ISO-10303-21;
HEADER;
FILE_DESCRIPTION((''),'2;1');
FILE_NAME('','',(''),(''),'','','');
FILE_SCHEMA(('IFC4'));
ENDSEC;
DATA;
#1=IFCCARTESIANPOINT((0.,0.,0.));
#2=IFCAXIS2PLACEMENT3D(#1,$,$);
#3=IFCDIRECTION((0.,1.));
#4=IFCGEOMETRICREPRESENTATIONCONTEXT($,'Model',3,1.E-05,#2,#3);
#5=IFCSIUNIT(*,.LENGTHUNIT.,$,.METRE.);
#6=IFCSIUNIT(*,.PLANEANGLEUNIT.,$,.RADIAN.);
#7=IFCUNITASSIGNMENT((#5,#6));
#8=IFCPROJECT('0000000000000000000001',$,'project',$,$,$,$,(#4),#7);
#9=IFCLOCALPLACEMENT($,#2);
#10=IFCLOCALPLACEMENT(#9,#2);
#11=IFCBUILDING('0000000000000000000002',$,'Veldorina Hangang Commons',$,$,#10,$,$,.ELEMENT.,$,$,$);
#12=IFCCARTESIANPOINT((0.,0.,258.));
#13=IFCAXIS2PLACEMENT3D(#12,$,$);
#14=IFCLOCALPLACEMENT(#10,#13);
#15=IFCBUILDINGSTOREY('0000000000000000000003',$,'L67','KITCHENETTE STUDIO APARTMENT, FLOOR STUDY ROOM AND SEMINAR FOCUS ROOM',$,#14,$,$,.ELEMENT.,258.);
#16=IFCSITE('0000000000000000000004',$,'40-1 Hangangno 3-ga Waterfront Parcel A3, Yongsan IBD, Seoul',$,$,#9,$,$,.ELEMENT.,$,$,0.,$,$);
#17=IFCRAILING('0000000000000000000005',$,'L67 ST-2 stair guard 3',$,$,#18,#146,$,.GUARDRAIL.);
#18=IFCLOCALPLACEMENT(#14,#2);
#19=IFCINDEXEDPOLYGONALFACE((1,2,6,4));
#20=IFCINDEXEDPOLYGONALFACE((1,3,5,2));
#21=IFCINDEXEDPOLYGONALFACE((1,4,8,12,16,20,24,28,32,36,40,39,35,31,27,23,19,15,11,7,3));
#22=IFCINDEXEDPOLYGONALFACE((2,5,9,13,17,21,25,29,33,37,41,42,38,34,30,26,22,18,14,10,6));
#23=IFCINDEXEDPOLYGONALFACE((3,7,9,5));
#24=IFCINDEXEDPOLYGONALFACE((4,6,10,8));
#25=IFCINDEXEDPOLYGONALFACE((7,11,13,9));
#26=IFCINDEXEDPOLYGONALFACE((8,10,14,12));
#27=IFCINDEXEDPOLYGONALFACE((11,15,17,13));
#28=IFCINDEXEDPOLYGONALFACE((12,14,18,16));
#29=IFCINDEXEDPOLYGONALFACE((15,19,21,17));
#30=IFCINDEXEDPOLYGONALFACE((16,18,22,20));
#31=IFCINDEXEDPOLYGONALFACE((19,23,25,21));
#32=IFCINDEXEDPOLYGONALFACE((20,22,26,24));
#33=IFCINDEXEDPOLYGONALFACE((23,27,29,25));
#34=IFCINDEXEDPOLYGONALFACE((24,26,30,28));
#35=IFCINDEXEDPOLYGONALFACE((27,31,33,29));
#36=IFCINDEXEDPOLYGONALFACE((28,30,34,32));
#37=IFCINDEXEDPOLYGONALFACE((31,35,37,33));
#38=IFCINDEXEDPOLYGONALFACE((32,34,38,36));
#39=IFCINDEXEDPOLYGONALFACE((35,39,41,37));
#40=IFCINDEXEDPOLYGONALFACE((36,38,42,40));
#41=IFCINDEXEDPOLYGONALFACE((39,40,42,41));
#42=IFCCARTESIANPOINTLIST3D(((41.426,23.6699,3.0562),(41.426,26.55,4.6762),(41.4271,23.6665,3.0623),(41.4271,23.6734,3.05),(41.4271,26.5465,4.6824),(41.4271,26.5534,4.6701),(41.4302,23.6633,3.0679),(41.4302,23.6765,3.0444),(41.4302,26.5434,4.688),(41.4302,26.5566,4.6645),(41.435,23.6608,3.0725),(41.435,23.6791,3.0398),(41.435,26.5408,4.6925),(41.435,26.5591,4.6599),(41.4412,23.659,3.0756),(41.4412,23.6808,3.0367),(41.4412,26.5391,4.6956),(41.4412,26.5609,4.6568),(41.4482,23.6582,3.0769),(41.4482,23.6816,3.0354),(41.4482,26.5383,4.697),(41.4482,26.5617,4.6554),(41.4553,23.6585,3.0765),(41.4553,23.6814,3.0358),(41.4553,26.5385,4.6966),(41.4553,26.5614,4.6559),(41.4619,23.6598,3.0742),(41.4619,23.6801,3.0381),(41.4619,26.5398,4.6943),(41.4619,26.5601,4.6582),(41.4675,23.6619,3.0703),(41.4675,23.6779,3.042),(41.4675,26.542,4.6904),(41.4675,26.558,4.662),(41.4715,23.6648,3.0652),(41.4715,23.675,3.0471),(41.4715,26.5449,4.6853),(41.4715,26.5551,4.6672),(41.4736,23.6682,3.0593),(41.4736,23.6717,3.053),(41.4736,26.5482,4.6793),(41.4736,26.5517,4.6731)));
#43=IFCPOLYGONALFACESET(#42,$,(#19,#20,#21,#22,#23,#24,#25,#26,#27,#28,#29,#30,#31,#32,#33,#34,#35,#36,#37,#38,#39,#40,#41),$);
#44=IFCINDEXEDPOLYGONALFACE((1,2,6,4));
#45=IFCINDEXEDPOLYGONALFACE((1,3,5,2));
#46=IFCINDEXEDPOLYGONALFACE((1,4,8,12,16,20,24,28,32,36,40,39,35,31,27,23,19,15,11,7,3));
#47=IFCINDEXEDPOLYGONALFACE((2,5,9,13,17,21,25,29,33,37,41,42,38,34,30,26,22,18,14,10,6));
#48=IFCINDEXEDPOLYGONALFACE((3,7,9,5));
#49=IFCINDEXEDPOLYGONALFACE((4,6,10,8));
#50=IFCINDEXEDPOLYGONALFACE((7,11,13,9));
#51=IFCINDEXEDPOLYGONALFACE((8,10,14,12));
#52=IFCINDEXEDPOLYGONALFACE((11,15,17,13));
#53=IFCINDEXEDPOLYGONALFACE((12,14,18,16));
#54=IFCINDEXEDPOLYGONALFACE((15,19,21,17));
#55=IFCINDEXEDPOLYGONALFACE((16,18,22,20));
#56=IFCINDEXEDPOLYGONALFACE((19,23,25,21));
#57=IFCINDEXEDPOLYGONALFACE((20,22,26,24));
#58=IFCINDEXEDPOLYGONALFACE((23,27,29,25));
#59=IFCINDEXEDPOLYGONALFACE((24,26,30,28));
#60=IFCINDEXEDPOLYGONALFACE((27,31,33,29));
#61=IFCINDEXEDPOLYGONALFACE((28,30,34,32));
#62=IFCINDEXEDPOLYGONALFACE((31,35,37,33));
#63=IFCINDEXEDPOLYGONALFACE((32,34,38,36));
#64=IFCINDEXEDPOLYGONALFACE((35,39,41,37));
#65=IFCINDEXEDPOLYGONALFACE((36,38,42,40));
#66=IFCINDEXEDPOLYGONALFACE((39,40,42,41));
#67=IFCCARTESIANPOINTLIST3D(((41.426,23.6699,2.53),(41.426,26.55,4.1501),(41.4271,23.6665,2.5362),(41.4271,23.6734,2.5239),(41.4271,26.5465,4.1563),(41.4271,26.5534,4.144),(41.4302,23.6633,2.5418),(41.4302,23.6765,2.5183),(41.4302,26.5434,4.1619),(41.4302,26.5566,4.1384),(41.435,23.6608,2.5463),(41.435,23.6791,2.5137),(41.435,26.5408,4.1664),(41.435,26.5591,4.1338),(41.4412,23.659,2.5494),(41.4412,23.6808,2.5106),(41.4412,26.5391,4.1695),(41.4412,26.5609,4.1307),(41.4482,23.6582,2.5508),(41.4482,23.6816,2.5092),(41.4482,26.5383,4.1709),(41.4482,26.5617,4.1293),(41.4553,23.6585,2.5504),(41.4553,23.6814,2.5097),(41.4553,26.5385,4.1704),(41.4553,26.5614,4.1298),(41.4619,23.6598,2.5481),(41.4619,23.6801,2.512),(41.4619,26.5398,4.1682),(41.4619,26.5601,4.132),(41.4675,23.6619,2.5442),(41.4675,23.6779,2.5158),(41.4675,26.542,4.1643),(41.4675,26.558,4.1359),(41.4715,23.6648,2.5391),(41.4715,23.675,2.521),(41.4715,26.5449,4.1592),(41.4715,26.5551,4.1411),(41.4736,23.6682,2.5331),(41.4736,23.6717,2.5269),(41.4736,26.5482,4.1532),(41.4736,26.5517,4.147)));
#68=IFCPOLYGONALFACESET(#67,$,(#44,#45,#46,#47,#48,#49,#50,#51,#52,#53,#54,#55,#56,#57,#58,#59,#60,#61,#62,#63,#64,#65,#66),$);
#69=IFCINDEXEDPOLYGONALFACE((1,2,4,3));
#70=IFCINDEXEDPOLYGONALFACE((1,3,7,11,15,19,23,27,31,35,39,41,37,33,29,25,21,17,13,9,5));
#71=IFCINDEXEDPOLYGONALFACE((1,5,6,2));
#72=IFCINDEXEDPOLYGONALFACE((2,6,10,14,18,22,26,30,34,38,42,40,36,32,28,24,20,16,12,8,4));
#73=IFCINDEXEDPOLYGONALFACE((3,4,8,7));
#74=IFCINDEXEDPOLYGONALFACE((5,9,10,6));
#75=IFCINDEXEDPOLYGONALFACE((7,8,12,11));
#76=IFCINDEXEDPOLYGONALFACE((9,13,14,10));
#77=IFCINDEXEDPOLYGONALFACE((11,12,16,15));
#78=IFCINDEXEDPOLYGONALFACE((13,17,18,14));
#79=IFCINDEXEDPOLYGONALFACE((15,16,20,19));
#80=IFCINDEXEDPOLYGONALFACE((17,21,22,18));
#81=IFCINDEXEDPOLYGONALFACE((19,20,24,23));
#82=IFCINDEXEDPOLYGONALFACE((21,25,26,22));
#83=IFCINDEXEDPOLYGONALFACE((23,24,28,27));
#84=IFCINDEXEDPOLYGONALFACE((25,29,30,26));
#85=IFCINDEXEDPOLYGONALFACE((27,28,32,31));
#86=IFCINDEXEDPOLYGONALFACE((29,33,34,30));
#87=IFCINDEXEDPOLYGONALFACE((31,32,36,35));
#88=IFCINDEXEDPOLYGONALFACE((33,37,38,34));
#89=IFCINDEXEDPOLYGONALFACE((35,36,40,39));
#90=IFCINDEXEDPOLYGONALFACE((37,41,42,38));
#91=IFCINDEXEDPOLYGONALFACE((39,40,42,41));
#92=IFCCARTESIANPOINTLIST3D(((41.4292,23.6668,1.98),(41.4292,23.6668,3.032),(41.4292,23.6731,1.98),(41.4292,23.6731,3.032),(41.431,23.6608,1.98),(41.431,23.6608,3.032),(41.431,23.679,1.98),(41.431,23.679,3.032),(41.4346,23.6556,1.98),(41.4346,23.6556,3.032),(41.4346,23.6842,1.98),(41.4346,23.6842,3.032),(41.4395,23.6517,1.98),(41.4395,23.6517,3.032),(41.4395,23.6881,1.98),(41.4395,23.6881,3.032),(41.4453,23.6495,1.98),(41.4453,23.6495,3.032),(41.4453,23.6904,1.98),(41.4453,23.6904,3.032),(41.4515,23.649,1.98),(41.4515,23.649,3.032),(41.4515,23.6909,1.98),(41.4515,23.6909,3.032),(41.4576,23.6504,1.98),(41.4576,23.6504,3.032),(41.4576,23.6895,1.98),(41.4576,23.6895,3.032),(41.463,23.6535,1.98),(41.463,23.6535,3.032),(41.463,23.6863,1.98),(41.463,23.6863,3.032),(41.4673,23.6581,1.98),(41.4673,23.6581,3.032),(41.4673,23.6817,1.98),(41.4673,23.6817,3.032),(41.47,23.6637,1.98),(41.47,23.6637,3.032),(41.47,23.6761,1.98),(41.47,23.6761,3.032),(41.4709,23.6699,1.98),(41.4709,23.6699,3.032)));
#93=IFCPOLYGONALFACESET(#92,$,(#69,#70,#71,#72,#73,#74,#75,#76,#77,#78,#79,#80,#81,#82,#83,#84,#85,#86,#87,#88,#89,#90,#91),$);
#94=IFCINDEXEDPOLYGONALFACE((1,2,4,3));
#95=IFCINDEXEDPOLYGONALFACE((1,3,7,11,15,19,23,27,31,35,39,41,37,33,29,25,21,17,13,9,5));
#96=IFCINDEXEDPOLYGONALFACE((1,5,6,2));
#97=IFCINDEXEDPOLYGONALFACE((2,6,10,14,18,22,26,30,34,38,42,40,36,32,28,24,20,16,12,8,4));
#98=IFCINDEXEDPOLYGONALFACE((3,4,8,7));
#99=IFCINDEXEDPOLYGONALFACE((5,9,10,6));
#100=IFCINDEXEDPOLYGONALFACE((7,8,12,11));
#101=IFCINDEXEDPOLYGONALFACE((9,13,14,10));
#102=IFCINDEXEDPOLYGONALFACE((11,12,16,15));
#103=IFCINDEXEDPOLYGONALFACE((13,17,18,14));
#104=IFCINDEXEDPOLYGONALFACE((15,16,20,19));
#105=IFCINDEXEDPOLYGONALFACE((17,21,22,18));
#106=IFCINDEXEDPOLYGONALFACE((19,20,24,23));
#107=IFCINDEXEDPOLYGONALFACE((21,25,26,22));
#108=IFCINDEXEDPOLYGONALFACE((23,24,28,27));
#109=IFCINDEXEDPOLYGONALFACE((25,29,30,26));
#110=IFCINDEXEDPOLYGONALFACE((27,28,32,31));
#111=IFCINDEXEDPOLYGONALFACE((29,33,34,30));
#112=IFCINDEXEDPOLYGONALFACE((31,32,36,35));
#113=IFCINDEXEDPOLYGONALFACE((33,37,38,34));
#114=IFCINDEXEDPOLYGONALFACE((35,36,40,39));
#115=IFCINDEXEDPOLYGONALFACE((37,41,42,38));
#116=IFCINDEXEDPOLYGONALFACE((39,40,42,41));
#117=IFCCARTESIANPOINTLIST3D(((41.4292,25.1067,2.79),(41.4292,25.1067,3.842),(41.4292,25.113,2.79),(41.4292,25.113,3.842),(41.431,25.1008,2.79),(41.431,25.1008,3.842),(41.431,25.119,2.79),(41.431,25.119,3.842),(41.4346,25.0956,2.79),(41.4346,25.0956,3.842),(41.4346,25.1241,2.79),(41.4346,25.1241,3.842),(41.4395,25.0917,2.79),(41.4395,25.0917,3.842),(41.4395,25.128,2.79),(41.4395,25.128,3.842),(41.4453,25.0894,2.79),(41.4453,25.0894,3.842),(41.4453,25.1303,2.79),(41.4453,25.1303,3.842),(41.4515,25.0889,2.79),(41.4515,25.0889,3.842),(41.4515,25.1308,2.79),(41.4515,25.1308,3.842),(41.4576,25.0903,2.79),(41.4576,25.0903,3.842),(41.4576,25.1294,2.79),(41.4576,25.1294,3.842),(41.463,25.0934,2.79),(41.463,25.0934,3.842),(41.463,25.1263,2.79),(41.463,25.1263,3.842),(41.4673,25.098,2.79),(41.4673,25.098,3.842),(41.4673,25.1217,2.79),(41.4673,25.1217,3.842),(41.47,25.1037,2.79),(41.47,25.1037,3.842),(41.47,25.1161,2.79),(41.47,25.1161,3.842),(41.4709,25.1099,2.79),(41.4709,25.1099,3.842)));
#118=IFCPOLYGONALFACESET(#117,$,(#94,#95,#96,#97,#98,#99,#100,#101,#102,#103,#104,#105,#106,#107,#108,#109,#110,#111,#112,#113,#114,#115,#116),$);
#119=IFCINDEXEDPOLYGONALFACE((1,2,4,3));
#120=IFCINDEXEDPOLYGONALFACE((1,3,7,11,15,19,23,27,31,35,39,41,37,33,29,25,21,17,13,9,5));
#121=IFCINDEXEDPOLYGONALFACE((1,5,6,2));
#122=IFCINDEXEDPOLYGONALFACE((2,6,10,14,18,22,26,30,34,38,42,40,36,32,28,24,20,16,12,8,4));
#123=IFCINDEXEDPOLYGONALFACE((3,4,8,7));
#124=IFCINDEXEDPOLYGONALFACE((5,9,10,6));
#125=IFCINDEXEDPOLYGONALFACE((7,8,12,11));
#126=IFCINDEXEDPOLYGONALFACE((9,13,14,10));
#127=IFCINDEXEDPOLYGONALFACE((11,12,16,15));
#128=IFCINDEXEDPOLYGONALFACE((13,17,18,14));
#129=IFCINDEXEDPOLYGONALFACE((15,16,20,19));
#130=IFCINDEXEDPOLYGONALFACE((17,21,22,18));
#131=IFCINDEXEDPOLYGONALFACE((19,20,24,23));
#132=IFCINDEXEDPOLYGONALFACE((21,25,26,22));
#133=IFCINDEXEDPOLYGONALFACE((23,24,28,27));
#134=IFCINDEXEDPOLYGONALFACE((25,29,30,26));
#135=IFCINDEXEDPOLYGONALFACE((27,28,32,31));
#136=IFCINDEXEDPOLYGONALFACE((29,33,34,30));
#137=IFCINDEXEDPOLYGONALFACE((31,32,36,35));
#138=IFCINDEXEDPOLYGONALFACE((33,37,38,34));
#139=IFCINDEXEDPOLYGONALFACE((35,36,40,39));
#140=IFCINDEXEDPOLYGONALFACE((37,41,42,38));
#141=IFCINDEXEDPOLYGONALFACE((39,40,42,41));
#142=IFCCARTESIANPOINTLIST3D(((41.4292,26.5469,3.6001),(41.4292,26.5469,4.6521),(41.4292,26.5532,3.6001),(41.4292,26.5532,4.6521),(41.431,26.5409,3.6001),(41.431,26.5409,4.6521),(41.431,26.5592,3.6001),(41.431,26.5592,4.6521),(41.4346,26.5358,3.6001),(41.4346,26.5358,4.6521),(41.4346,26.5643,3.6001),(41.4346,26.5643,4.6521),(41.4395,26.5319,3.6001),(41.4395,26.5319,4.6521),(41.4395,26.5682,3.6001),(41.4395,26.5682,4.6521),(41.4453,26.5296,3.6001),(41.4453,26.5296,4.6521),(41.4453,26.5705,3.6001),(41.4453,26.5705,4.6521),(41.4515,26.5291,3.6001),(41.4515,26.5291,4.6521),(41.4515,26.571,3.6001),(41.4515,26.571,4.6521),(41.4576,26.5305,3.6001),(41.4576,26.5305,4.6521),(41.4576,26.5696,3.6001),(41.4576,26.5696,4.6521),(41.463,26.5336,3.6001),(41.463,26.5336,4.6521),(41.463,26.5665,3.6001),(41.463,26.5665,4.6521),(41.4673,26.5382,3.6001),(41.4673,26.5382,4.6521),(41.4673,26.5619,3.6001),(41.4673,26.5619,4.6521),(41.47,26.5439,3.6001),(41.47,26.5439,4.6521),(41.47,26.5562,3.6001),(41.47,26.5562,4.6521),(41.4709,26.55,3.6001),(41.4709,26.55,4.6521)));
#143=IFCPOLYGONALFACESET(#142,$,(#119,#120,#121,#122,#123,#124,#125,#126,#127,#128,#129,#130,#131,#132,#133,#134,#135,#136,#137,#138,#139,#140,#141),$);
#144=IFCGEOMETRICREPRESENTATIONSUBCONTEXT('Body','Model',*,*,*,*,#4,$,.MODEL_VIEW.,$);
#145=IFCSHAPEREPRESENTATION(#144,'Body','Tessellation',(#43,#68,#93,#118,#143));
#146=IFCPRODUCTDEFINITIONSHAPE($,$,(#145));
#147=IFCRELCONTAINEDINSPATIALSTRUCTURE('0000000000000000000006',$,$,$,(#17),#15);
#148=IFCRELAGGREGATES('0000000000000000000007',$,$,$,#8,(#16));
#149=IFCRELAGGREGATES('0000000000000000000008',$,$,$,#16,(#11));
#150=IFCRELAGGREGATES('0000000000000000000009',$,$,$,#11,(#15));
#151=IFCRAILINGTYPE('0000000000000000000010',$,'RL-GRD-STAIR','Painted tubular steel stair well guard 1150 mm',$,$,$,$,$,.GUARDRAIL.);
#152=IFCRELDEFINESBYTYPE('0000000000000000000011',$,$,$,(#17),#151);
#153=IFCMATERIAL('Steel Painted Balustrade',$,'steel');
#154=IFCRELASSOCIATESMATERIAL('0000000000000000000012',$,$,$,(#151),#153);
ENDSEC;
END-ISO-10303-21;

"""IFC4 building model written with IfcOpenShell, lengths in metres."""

from ifc_helpers import new_model, si_unit, direction, frame, origin, origin_2d, place, context, subcontext, project, spatial, circle, extrude, material, type_object, element, save


model = new_model("IFC4")

# Units and contexts
model_context = context("Model", 3, precision=1e-05, world=origin(), true_north=direction((0.0, 1.0)))
body_context = subcontext(model_context, "Body", "Model", "MODEL_VIEW")
ifc_project = project(units=[si_unit("LENGTHUNIT", "METRE"), si_unit("PLANEANGLEUNIT", "RADIAN")], contexts=[model_context])

# Site, building, storey
site_placement = place(None, origin())
site = spatial("IfcSite", under=ifc_project, at=site_placement, Name="40-1 Hangangno 3-ga Waterfront Parcel A3, Yongsan IBD, Seoul", CompositionType="ELEMENT", RefElevation=0.0)
building_placement = place(site_placement, origin())
building = spatial("IfcBuilding", under=site, at=building_placement, Name="Veldorina Hangang Commons", CompositionType="ELEMENT")
storey_placement = place(building_placement, frame((0.0, 0.0, 258.0)))
storey = spatial("IfcBuildingStorey", under=building, at=storey_placement, Name="L67", Description="KITCHENETTE STUDIO APARTMENT, FLOOR STUDY ROOM AND SEMINAR FOCUS ROOM", CompositionType="ELEMENT", Elevation=258.0)

# Railing
ifc_material_1 = material(Name="Steel Painted Balustrade", Category="steel")
railing_type_1 = type_object("IfcRailingType", Name="RL-GRD-STAIR", Description="Painted tubular steel stair well guard 1150 mm", PredefinedType="GUARDRAIL", material=ifc_material_1)
railing_1_placement = place(storey_placement, frame((41.45, 23.6699, 1.98)))
element("IfcRailing", 1, at=railing_1_placement, inside=storey, type_object=railing_type_1, Name="L67 ST-2 stair guard 3", PredefinedType="GUARDRAIL", context=body_context, shape_type="SweptSolid", body=[
    extrude(circle(Radius=0.0239, at=origin_2d()), frame((0.0, 0.0, 1.0762), z_axis=(0.0, 0.87157, 0.490272), x_axis=(-1.0, 0.0, 0.0)), (0.0, 0.0, 1.0), 3.3044),
    extrude(circle(Radius=0.0239, at=origin_2d()), frame((0.0, 0.0, 0.55), z_axis=(0.0, 0.87157, 0.490272), x_axis=(-1.0, 0.0, 0.0)), (0.0, 0.0, 1.0), 3.3044),
    extrude(circle(Radius=0.021, at=origin_2d()), origin(), (0.0, 0.0, 1.0), 1.052),
    extrude(circle(Radius=0.021, at=origin_2d()), frame((0.0, 1.4399, 0.8101)), (0.0, 0.0, 1.0), 1.052),
    extrude(circle(Radius=0.021, at=origin_2d()), frame((0.0, 2.8801, 1.6201)), (0.0, 0.0, 1.0), 1.052),
])

save(model, "model.ifc")
